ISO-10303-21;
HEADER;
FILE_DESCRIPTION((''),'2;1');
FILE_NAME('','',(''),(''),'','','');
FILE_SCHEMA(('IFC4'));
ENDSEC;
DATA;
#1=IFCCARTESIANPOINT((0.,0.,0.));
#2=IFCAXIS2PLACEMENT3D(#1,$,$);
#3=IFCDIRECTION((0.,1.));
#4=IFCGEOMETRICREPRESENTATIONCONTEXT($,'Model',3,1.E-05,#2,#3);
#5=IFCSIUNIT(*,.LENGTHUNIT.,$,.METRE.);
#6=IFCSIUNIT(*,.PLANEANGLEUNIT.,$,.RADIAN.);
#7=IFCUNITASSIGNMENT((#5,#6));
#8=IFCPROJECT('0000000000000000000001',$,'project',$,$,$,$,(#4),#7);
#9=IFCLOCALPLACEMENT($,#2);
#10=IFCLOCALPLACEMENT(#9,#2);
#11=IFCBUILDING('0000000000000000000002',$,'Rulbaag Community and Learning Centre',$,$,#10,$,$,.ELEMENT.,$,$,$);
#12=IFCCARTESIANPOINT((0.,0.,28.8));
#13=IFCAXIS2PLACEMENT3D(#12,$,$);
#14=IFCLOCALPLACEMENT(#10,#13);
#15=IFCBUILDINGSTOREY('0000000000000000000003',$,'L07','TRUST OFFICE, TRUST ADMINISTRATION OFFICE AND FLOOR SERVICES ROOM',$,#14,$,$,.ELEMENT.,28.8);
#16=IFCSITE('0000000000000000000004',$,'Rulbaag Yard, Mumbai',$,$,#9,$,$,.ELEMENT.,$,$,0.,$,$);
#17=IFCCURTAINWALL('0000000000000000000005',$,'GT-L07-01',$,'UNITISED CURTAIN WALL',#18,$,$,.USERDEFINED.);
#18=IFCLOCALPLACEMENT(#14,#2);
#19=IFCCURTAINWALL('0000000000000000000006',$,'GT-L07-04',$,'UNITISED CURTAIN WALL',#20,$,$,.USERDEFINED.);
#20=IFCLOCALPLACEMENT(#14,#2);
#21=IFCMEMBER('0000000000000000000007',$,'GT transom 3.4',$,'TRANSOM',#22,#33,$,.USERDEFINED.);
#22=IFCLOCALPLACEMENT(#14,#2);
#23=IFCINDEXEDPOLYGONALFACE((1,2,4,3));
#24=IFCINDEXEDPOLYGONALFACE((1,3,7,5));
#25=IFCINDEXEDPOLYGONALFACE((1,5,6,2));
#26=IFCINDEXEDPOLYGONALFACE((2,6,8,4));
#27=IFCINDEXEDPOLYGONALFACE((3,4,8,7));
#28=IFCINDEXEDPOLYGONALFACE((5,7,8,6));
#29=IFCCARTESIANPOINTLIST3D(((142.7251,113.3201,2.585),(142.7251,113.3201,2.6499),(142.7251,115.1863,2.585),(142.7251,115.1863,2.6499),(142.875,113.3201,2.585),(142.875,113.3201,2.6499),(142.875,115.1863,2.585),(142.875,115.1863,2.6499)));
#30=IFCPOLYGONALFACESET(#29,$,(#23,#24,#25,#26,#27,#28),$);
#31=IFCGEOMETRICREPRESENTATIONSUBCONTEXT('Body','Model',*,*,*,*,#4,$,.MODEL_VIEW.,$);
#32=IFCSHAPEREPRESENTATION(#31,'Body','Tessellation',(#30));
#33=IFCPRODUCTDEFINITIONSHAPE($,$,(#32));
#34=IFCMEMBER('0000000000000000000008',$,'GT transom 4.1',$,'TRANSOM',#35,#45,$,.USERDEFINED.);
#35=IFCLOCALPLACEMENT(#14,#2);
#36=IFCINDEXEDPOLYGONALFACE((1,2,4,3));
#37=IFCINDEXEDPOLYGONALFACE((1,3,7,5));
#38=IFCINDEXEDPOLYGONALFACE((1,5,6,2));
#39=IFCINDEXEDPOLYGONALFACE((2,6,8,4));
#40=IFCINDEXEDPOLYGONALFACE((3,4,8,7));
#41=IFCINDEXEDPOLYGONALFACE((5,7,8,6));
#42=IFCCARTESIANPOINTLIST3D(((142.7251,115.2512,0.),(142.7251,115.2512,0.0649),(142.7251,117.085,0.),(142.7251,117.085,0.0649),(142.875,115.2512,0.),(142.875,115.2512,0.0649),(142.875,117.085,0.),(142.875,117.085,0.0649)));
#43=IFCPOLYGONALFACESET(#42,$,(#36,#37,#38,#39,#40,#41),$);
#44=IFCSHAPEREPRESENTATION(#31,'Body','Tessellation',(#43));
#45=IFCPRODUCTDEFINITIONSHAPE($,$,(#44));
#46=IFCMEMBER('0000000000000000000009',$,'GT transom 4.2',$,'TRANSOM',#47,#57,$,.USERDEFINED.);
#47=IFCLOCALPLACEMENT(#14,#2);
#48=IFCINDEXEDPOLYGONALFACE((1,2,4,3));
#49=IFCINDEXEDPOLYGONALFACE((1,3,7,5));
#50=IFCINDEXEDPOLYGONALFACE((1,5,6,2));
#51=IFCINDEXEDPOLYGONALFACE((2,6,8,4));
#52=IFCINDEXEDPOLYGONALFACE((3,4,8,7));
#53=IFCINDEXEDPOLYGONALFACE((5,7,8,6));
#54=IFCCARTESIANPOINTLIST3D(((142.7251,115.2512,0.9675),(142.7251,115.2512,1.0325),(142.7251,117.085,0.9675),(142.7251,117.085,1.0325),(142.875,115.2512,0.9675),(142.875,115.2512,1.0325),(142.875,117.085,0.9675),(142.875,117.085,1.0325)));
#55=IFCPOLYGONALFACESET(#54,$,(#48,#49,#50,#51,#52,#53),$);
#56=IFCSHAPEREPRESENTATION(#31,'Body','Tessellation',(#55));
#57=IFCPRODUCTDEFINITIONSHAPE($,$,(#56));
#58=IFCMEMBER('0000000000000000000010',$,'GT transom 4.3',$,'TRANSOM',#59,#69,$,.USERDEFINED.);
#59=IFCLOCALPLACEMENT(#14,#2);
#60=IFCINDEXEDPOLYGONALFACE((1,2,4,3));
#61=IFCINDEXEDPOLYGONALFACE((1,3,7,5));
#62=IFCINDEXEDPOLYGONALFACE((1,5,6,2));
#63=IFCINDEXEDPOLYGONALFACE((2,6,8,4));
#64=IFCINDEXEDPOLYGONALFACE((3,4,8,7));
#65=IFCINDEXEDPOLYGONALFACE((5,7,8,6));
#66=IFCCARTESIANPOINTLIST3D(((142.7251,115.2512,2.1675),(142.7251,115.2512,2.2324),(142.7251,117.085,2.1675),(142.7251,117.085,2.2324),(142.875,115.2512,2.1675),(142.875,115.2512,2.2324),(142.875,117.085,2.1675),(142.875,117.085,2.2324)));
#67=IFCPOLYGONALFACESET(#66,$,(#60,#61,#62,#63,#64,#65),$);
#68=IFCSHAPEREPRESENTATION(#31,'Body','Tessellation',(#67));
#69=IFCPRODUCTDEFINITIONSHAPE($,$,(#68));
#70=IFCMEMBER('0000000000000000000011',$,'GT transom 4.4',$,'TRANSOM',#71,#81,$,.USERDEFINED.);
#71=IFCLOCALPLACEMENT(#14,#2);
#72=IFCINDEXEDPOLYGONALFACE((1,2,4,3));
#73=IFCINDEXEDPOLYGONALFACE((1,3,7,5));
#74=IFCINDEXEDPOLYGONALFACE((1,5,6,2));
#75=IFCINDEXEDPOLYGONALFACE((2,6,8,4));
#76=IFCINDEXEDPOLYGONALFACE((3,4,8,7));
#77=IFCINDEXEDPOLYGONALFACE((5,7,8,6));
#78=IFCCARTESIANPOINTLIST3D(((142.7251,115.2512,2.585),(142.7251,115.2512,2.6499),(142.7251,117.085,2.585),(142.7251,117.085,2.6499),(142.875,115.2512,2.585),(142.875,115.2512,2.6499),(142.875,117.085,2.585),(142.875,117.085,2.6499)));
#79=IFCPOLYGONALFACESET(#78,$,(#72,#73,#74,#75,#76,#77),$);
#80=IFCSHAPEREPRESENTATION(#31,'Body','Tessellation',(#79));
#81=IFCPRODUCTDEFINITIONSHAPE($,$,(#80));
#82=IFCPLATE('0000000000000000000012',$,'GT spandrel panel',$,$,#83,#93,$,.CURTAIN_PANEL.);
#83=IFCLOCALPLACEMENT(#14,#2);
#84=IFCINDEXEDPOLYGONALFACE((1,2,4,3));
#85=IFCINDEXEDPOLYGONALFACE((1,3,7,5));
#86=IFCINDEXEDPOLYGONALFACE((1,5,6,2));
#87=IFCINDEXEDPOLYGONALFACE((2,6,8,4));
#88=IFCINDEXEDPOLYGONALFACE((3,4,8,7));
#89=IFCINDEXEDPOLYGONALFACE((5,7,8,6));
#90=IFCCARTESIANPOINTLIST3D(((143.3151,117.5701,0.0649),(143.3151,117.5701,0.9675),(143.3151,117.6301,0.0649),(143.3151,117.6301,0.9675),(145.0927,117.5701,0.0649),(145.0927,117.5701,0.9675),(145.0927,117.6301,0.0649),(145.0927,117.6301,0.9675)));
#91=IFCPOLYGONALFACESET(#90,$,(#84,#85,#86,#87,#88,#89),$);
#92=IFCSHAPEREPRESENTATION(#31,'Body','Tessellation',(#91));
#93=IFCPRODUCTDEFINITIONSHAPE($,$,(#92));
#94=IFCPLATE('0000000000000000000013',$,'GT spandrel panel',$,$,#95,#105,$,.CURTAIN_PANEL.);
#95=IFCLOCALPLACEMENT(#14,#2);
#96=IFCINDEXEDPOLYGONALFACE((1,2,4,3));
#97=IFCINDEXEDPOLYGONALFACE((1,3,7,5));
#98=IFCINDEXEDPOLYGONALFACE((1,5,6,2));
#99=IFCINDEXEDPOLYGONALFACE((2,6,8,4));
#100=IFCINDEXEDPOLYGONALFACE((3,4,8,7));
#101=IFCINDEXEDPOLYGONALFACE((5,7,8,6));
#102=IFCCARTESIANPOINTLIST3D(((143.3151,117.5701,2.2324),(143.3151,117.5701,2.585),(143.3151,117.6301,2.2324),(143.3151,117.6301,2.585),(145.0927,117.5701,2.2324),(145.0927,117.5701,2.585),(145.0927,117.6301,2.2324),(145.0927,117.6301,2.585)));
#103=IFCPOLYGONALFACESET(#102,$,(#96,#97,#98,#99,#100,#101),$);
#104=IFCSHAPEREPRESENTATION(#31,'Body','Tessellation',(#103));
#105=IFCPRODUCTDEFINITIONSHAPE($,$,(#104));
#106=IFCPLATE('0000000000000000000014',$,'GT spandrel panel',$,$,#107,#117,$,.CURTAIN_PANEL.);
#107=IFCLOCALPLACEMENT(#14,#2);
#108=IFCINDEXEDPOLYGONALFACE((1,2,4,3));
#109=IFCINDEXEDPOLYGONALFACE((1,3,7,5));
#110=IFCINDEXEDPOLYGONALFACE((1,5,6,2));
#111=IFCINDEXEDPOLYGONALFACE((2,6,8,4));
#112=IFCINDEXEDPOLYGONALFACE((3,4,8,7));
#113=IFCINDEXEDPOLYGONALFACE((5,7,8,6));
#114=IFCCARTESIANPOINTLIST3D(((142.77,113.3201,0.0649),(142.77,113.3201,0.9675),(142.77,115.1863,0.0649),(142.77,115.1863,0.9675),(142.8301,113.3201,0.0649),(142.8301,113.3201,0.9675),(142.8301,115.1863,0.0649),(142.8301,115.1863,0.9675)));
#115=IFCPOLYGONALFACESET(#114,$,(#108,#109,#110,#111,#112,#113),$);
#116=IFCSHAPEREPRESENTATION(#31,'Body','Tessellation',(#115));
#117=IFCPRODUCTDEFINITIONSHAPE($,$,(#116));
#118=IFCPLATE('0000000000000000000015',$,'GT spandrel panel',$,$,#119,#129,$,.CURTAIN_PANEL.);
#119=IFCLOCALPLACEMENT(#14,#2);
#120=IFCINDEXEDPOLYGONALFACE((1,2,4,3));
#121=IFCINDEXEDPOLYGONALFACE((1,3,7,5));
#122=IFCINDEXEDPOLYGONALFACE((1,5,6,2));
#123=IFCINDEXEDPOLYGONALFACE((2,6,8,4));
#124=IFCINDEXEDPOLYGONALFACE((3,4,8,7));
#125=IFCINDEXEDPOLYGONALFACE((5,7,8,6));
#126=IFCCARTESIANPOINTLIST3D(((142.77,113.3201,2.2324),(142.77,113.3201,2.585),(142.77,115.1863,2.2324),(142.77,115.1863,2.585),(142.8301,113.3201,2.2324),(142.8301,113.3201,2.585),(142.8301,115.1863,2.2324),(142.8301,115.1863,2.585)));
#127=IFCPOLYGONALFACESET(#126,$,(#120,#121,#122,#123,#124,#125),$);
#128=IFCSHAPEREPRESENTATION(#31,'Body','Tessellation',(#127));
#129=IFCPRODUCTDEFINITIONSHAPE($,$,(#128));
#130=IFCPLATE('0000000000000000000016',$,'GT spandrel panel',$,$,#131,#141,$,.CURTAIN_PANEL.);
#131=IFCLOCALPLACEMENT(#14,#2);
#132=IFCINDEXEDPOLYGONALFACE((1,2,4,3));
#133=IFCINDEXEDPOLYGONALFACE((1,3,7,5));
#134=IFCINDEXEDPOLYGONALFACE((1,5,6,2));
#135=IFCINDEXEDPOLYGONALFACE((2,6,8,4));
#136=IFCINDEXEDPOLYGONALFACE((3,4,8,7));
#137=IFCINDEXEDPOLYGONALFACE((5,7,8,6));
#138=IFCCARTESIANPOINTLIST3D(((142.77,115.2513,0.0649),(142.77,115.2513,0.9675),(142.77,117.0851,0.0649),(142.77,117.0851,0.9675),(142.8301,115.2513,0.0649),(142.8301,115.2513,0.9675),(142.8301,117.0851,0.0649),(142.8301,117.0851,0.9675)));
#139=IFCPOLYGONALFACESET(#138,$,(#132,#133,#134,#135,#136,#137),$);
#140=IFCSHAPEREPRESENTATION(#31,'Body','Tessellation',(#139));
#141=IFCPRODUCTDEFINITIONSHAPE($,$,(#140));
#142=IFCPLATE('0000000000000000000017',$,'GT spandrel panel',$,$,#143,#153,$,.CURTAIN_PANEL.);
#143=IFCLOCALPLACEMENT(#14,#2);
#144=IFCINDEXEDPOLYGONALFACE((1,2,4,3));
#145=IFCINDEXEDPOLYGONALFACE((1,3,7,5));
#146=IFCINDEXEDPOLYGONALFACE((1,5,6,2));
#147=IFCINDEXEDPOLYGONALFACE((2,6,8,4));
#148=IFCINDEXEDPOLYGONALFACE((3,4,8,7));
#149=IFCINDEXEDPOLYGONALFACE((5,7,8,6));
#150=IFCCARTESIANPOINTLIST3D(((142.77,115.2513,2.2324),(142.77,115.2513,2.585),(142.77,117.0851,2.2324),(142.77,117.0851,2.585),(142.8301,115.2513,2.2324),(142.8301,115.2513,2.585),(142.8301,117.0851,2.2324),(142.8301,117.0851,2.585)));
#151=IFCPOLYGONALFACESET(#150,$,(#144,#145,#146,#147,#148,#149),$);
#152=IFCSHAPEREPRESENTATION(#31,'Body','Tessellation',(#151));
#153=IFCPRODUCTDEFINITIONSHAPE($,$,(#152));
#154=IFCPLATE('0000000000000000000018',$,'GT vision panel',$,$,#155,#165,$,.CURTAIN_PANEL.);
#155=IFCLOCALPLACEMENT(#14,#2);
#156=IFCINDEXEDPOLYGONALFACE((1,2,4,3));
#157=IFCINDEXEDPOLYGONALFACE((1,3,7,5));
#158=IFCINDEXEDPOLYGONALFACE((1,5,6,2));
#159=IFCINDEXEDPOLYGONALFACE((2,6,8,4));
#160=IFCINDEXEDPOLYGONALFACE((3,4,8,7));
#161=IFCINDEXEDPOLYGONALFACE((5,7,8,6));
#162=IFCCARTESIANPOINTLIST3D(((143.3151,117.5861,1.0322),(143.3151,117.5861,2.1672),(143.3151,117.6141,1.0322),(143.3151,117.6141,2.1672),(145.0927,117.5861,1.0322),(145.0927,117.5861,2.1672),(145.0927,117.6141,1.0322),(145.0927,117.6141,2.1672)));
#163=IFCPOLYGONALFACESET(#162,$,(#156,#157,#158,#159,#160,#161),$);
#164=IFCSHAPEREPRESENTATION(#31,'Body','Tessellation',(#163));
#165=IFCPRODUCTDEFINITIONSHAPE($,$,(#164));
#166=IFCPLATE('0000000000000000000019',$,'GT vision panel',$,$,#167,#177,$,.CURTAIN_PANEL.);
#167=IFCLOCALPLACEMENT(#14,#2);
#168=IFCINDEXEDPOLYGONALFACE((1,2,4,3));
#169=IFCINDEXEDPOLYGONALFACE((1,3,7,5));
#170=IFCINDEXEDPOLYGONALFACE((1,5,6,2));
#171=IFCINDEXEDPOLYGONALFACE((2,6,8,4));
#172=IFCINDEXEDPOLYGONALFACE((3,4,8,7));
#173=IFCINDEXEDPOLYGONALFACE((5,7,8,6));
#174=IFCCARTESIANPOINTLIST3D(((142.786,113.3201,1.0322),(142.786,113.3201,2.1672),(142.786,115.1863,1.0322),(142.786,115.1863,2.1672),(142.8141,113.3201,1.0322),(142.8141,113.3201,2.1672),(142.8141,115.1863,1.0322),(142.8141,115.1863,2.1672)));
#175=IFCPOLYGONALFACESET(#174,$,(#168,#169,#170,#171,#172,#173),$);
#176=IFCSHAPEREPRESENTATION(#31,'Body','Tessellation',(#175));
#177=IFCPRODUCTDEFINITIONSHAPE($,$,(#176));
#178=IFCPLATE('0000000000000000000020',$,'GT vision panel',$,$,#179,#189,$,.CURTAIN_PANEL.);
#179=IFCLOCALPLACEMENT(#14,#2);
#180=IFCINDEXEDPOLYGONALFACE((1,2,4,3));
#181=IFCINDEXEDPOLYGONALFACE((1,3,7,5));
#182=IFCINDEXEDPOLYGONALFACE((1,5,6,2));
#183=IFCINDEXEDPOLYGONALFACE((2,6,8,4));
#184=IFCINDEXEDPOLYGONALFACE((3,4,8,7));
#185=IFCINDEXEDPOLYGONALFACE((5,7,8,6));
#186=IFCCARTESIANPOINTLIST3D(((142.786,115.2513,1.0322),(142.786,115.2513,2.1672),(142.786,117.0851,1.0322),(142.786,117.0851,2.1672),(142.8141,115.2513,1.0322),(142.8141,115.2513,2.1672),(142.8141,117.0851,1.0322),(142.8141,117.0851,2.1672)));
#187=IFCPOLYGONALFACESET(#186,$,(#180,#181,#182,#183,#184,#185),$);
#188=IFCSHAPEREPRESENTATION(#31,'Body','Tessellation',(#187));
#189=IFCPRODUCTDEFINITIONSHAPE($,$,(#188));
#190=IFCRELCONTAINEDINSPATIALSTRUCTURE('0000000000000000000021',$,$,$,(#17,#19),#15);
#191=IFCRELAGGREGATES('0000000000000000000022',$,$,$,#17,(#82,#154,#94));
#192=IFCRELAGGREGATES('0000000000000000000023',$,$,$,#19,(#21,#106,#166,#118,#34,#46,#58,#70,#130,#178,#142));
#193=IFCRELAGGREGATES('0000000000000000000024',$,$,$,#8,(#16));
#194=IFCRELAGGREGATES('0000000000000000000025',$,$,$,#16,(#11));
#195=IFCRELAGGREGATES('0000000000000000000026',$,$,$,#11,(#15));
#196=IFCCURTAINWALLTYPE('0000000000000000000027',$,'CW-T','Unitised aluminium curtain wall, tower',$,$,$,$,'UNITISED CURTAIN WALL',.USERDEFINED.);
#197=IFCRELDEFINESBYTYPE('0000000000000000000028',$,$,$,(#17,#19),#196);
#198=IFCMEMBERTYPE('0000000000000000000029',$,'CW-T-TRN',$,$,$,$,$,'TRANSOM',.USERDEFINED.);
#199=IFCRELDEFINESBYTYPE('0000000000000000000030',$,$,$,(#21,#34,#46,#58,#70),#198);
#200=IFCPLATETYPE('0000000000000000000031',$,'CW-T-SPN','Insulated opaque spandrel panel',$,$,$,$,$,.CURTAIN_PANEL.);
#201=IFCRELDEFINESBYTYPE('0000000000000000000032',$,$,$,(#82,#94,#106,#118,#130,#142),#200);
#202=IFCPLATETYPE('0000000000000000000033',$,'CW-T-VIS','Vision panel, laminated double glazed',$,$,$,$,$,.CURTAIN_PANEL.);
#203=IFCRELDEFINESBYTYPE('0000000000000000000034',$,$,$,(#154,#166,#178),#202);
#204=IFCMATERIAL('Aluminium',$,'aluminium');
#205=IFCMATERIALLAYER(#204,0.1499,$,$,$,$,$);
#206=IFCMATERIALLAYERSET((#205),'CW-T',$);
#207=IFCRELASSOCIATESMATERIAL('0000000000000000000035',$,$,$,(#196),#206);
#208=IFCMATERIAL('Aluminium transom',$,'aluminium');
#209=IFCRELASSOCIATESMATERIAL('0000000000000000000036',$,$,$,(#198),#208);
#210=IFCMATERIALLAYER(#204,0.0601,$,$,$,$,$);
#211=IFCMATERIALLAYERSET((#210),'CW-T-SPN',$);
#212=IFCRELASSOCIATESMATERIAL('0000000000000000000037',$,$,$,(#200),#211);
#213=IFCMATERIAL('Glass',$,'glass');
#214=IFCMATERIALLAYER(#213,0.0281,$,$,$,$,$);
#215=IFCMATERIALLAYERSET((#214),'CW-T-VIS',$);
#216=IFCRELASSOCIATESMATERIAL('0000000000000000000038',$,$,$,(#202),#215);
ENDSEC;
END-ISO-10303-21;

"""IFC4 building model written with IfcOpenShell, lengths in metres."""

from ifc_helpers import new_model, si_unit, direction, frame, origin, origin_2d, place, context, subcontext, project, spatial, rectangle, extrude, material, layer, layer_set, material_profile, profile_set, type_object, element, aggregate, save


model = new_model("IFC4")

# Units and contexts
model_context = context("Model", 3, precision=1e-05, world=origin(), true_north=direction((0.0, 1.0)))
body_context = subcontext(model_context, "Body", "Model", "MODEL_VIEW")
ifc_project = project(units=[si_unit("LENGTHUNIT", "METRE"), si_unit("PLANEANGLEUNIT", "RADIAN")], contexts=[model_context])

# Site, building, storey
site_placement = place(None, origin())
site = spatial("IfcSite", under=ifc_project, at=site_placement, Name="Rulbaag Yard, Mumbai", CompositionType="ELEMENT", RefElevation=0.0)
building_placement = place(site_placement, origin())
building = spatial("IfcBuilding", under=site, at=building_placement, Name="Rulbaag Community and Learning Centre", CompositionType="ELEMENT")
storey_placement = place(building_placement, frame((0.0, 0.0, 28.8)))
storey = spatial("IfcBuildingStorey", under=building, at=storey_placement, Name="L07", Description="TRUST OFFICE, TRUST ADMINISTRATION OFFICE AND FLOOR SERVICES ROOM", CompositionType="ELEMENT", Elevation=28.8)

# Curtain walls, members
ifc_material_1 = material(Name="Aluminium", Category="aluminium")
ifc_layer_1 = layer(ifc_material_1, 0.1499)
ifc_layer_set_1 = layer_set([ifc_layer_1], Name="CW-T")
curtain_wall_type = type_object("IfcCurtainWallType", Name="CW-T", Description="Unitised aluminium curtain wall, tower", ElementType="UNITISED CURTAIN WALL", PredefinedType="USERDEFINED", material=ifc_layer_set_1)
curtain_wall_1_placement = place(storey_placement, origin())
curtain_wall_1 = element("IfcCurtainWall", 1, at=curtain_wall_1_placement, inside=storey, type_object=curtain_wall_type, Name="GT-L07-01", ObjectType="UNITISED CURTAIN WALL", PredefinedType="USERDEFINED")
ifc_material_2 = material(Name="Aluminium transom", Category="aluminium")
ifc_material_profile_1 = material_profile(ifc_material_2, rectangle(XDim=0.1499, YDim=0.0649, at=origin_2d()), Name="AL 65x150 T")
ifc_profile_set_1 = profile_set([ifc_material_profile_1], Name="Aluminium transom")
member_type_1 = type_object("IfcMemberType", Name="CW-T-TRN", ElementType="TRANSOM", PredefinedType="USERDEFINED", material=ifc_profile_set_1)
curtain_wall_2_placement = place(storey_placement, origin())
curtain_wall_2 = element("IfcCurtainWall", 2, at=curtain_wall_2_placement, inside=storey, type_object=curtain_wall_type, Name="GT-L07-04", ObjectType="UNITISED CURTAIN WALL", PredefinedType="USERDEFINED")
member_1_placement = place(storey_placement, frame((142.8, 113.3201, 2.6174), z_axis=(0.0, 1.0, 0.0), x_axis=(-1.0, 0.0, 0.0)))
member_1 = element("IfcMember", 3, at=member_1_placement, type_object=member_type_1, Name="GT transom 3.4", ObjectType="TRANSOM", PredefinedType="USERDEFINED", context=body_context, shape_type="SweptSolid", body=[
    extrude(rectangle(XDim=0.1499, YDim=0.0649, at=origin_2d()), origin(), (0.0, 0.0, 1.0), 1.8662),
])
member_2_placement = place(storey_placement, frame((142.8, 115.2512, 0.0325), z_axis=(0.0, 1.0, 0.0), x_axis=(-1.0, 0.0, 0.0)))
member_2 = element("IfcMember", 4, at=member_2_placement, type_object=member_type_1, Name="GT transom 4.1", ObjectType="TRANSOM", PredefinedType="USERDEFINED", context=body_context, shape_type="SweptSolid", body=[
    extrude(rectangle(XDim=0.1499, YDim=0.0649, at=origin_2d()), origin(), (0.0, 0.0, 1.0), 1.8337),
])
member_3_placement = place(storey_placement, frame((142.8, 115.2512, 1.0), z_axis=(0.0, 1.0, 0.0), x_axis=(-1.0, 0.0, 0.0)))
member_3 = element("IfcMember", 5, at=member_3_placement, type_object=member_type_1, Name="GT transom 4.2", ObjectType="TRANSOM", PredefinedType="USERDEFINED", context=body_context, shape_type="SweptSolid", body=[
    extrude(rectangle(XDim=0.1499, YDim=0.0649, at=origin_2d()), origin(), (0.0, 0.0, 1.0), 1.8337),
])
member_4_placement = place(storey_placement, frame((142.8, 115.2512, 2.2), z_axis=(0.0, 1.0, 0.0), x_axis=(-1.0, 0.0, 0.0)))
member_4 = element("IfcMember", 6, at=member_4_placement, type_object=member_type_1, Name="GT transom 4.3", ObjectType="TRANSOM", PredefinedType="USERDEFINED", context=body_context, shape_type="SweptSolid", body=[
    extrude(rectangle(XDim=0.1499, YDim=0.0649, at=origin_2d()), origin(), (0.0, 0.0, 1.0), 1.8337),
])
member_5_placement = place(storey_placement, frame((142.8, 115.2512, 2.6174), z_axis=(0.0, 1.0, 0.0), x_axis=(-1.0, 0.0, 0.0)))
member_5 = element("IfcMember", 7, at=member_5_placement, type_object=member_type_1, Name="GT transom 4.4", ObjectType="TRANSOM", PredefinedType="USERDEFINED", context=body_context, shape_type="SweptSolid", body=[
    extrude(rectangle(XDim=0.1499, YDim=0.0649, at=origin_2d()), origin(), (0.0, 0.0, 1.0), 1.8337),
])

# Plates
ifc_layer_2 = layer(ifc_material_1, 0.0601)
ifc_layer_set_2 = layer_set([ifc_layer_2], Name="CW-T-SPN")
plate_type_1 = type_object("IfcPlateType", Name="CW-T-SPN", Description="Insulated opaque spandrel panel", PredefinedType="CURTAIN_PANEL", material=ifc_layer_set_2)
plate_1_placement = place(storey_placement, frame((144.2039, 117.6001, 0.0649), z_axis=(0.0, 0.0, 1.0), x_axis=(1.0, 0.0, 0.0)))
plate_1 = element("IfcPlate", 8, at=plate_1_placement, type_object=plate_type_1, Name="GT spandrel panel", PredefinedType="CURTAIN_PANEL", context=body_context, shape_type="SweptSolid", body=[
    extrude(rectangle(XDim=1.7776, YDim=0.0601, at=origin_2d()), origin(), (0.0, 0.0, 1.0), 0.9026),
])
plate_2_placement = place(storey_placement, frame((144.2039, 117.6001, 2.2324), z_axis=(0.0, 0.0, 1.0), x_axis=(1.0, 0.0, 0.0)))
plate_2 = element("IfcPlate", 9, at=plate_2_placement, type_object=plate_type_1, Name="GT spandrel panel", PredefinedType="CURTAIN_PANEL", context=body_context, shape_type="SweptSolid", body=[
    extrude(rectangle(XDim=1.7776, YDim=0.0601, at=origin_2d()), origin(), (0.0, 0.0, 1.0), 0.3525),
])
plate_3_placement = place(storey_placement, frame((142.8, 114.2532, 0.0649), z_axis=(0.0, 0.0, 1.0), x_axis=(0.0, 1.0, 0.0)))
plate_3 = element("IfcPlate", 10, at=plate_3_placement, type_object=plate_type_1, Name="GT spandrel panel", PredefinedType="CURTAIN_PANEL", context=body_context, shape_type="SweptSolid", body=[
    extrude(rectangle(XDim=1.8662, YDim=0.0601, at=origin_2d()), origin(), (0.0, 0.0, 1.0), 0.9026),
])
plate_4_placement = place(storey_placement, frame((142.8, 114.2532, 2.2324), z_axis=(0.0, 0.0, 1.0), x_axis=(0.0, 1.0, 0.0)))
plate_4 = element("IfcPlate", 11, at=plate_4_placement, type_object=plate_type_1, Name="GT spandrel panel", PredefinedType="CURTAIN_PANEL", context=body_context, shape_type="SweptSolid", body=[
    extrude(rectangle(XDim=1.8662, YDim=0.0601, at=origin_2d()), origin(), (0.0, 0.0, 1.0), 0.3525),
])
plate_5_placement = place(storey_placement, frame((142.8, 116.1682, 0.0649), z_axis=(0.0, 0.0, 1.0), x_axis=(0.0, 1.0, 0.0)))
plate_5 = element("IfcPlate", 12, at=plate_5_placement, type_object=plate_type_1, Name="GT spandrel panel", PredefinedType="CURTAIN_PANEL", context=body_context, shape_type="SweptSolid", body=[
    extrude(rectangle(XDim=1.8337, YDim=0.0601, at=origin_2d()), origin(), (0.0, 0.0, 1.0), 0.9026),
])
plate_6_placement = place(storey_placement, frame((142.8, 116.1682, 2.2324), z_axis=(0.0, 0.0, 1.0), x_axis=(0.0, 1.0, 0.0)))
plate_6 = element("IfcPlate", 13, at=plate_6_placement, type_object=plate_type_1, Name="GT spandrel panel", PredefinedType="CURTAIN_PANEL", context=body_context, shape_type="SweptSolid", body=[
    extrude(rectangle(XDim=1.8337, YDim=0.0601, at=origin_2d()), origin(), (0.0, 0.0, 1.0), 0.3525),
])
ifc_material_3 = material(Name="Glass", Category="glass")
ifc_layer_3 = layer(ifc_material_3, 0.0281)
ifc_layer_set_3 = layer_set([ifc_layer_3], Name="CW-T-VIS")
plate_type_2 = type_object("IfcPlateType", Name="CW-T-VIS", Description="Vision panel, laminated double glazed", PredefinedType="CURTAIN_PANEL", material=ifc_layer_set_3)
plate_7_placement = place(storey_placement, frame((144.2039, 117.6001, 1.0322), z_axis=(0.0, 0.0, 1.0), x_axis=(1.0, 0.0, 0.0)))
plate_7 = element("IfcPlate", 14, at=plate_7_placement, type_object=plate_type_2, Name="GT vision panel", PredefinedType="CURTAIN_PANEL", context=body_context, shape_type="SweptSolid", body=[
    extrude(rectangle(XDim=1.7776, YDim=0.0281, at=origin_2d()), origin(), (0.0, 0.0, 1.0), 1.135),
])
aggregate(curtain_wall_1, [plate_1, plate_7, plate_2])
plate_8_placement = place(storey_placement, frame((142.8, 114.2532, 1.0322), z_axis=(0.0, 0.0, 1.0), x_axis=(0.0, 1.0, 0.0)))
plate_8 = element("IfcPlate", 15, at=plate_8_placement, type_object=plate_type_2, Name="GT vision panel", PredefinedType="CURTAIN_PANEL", context=body_context, shape_type="SweptSolid", body=[
    extrude(rectangle(XDim=1.8662, YDim=0.0281, at=origin_2d()), origin(), (0.0, 0.0, 1.0), 1.135),
])
plate_9_placement = place(storey_placement, frame((142.8, 116.1682, 1.0322), z_axis=(0.0, 0.0, 1.0), x_axis=(0.0, 1.0, 0.0)))
plate_9 = element("IfcPlate", 16, at=plate_9_placement, type_object=plate_type_2, Name="GT vision panel", PredefinedType="CURTAIN_PANEL", context=body_context, shape_type="SweptSolid", body=[
    extrude(rectangle(XDim=1.8337, YDim=0.0281, at=origin_2d()), origin(), (0.0, 0.0, 1.0), 1.135),
])
aggregate(curtain_wall_2, [member_1, plate_3, plate_8, plate_4, member_2, member_3, member_4, member_5, plate_5, plate_9, plate_6])

save(model, "model.ifc")
